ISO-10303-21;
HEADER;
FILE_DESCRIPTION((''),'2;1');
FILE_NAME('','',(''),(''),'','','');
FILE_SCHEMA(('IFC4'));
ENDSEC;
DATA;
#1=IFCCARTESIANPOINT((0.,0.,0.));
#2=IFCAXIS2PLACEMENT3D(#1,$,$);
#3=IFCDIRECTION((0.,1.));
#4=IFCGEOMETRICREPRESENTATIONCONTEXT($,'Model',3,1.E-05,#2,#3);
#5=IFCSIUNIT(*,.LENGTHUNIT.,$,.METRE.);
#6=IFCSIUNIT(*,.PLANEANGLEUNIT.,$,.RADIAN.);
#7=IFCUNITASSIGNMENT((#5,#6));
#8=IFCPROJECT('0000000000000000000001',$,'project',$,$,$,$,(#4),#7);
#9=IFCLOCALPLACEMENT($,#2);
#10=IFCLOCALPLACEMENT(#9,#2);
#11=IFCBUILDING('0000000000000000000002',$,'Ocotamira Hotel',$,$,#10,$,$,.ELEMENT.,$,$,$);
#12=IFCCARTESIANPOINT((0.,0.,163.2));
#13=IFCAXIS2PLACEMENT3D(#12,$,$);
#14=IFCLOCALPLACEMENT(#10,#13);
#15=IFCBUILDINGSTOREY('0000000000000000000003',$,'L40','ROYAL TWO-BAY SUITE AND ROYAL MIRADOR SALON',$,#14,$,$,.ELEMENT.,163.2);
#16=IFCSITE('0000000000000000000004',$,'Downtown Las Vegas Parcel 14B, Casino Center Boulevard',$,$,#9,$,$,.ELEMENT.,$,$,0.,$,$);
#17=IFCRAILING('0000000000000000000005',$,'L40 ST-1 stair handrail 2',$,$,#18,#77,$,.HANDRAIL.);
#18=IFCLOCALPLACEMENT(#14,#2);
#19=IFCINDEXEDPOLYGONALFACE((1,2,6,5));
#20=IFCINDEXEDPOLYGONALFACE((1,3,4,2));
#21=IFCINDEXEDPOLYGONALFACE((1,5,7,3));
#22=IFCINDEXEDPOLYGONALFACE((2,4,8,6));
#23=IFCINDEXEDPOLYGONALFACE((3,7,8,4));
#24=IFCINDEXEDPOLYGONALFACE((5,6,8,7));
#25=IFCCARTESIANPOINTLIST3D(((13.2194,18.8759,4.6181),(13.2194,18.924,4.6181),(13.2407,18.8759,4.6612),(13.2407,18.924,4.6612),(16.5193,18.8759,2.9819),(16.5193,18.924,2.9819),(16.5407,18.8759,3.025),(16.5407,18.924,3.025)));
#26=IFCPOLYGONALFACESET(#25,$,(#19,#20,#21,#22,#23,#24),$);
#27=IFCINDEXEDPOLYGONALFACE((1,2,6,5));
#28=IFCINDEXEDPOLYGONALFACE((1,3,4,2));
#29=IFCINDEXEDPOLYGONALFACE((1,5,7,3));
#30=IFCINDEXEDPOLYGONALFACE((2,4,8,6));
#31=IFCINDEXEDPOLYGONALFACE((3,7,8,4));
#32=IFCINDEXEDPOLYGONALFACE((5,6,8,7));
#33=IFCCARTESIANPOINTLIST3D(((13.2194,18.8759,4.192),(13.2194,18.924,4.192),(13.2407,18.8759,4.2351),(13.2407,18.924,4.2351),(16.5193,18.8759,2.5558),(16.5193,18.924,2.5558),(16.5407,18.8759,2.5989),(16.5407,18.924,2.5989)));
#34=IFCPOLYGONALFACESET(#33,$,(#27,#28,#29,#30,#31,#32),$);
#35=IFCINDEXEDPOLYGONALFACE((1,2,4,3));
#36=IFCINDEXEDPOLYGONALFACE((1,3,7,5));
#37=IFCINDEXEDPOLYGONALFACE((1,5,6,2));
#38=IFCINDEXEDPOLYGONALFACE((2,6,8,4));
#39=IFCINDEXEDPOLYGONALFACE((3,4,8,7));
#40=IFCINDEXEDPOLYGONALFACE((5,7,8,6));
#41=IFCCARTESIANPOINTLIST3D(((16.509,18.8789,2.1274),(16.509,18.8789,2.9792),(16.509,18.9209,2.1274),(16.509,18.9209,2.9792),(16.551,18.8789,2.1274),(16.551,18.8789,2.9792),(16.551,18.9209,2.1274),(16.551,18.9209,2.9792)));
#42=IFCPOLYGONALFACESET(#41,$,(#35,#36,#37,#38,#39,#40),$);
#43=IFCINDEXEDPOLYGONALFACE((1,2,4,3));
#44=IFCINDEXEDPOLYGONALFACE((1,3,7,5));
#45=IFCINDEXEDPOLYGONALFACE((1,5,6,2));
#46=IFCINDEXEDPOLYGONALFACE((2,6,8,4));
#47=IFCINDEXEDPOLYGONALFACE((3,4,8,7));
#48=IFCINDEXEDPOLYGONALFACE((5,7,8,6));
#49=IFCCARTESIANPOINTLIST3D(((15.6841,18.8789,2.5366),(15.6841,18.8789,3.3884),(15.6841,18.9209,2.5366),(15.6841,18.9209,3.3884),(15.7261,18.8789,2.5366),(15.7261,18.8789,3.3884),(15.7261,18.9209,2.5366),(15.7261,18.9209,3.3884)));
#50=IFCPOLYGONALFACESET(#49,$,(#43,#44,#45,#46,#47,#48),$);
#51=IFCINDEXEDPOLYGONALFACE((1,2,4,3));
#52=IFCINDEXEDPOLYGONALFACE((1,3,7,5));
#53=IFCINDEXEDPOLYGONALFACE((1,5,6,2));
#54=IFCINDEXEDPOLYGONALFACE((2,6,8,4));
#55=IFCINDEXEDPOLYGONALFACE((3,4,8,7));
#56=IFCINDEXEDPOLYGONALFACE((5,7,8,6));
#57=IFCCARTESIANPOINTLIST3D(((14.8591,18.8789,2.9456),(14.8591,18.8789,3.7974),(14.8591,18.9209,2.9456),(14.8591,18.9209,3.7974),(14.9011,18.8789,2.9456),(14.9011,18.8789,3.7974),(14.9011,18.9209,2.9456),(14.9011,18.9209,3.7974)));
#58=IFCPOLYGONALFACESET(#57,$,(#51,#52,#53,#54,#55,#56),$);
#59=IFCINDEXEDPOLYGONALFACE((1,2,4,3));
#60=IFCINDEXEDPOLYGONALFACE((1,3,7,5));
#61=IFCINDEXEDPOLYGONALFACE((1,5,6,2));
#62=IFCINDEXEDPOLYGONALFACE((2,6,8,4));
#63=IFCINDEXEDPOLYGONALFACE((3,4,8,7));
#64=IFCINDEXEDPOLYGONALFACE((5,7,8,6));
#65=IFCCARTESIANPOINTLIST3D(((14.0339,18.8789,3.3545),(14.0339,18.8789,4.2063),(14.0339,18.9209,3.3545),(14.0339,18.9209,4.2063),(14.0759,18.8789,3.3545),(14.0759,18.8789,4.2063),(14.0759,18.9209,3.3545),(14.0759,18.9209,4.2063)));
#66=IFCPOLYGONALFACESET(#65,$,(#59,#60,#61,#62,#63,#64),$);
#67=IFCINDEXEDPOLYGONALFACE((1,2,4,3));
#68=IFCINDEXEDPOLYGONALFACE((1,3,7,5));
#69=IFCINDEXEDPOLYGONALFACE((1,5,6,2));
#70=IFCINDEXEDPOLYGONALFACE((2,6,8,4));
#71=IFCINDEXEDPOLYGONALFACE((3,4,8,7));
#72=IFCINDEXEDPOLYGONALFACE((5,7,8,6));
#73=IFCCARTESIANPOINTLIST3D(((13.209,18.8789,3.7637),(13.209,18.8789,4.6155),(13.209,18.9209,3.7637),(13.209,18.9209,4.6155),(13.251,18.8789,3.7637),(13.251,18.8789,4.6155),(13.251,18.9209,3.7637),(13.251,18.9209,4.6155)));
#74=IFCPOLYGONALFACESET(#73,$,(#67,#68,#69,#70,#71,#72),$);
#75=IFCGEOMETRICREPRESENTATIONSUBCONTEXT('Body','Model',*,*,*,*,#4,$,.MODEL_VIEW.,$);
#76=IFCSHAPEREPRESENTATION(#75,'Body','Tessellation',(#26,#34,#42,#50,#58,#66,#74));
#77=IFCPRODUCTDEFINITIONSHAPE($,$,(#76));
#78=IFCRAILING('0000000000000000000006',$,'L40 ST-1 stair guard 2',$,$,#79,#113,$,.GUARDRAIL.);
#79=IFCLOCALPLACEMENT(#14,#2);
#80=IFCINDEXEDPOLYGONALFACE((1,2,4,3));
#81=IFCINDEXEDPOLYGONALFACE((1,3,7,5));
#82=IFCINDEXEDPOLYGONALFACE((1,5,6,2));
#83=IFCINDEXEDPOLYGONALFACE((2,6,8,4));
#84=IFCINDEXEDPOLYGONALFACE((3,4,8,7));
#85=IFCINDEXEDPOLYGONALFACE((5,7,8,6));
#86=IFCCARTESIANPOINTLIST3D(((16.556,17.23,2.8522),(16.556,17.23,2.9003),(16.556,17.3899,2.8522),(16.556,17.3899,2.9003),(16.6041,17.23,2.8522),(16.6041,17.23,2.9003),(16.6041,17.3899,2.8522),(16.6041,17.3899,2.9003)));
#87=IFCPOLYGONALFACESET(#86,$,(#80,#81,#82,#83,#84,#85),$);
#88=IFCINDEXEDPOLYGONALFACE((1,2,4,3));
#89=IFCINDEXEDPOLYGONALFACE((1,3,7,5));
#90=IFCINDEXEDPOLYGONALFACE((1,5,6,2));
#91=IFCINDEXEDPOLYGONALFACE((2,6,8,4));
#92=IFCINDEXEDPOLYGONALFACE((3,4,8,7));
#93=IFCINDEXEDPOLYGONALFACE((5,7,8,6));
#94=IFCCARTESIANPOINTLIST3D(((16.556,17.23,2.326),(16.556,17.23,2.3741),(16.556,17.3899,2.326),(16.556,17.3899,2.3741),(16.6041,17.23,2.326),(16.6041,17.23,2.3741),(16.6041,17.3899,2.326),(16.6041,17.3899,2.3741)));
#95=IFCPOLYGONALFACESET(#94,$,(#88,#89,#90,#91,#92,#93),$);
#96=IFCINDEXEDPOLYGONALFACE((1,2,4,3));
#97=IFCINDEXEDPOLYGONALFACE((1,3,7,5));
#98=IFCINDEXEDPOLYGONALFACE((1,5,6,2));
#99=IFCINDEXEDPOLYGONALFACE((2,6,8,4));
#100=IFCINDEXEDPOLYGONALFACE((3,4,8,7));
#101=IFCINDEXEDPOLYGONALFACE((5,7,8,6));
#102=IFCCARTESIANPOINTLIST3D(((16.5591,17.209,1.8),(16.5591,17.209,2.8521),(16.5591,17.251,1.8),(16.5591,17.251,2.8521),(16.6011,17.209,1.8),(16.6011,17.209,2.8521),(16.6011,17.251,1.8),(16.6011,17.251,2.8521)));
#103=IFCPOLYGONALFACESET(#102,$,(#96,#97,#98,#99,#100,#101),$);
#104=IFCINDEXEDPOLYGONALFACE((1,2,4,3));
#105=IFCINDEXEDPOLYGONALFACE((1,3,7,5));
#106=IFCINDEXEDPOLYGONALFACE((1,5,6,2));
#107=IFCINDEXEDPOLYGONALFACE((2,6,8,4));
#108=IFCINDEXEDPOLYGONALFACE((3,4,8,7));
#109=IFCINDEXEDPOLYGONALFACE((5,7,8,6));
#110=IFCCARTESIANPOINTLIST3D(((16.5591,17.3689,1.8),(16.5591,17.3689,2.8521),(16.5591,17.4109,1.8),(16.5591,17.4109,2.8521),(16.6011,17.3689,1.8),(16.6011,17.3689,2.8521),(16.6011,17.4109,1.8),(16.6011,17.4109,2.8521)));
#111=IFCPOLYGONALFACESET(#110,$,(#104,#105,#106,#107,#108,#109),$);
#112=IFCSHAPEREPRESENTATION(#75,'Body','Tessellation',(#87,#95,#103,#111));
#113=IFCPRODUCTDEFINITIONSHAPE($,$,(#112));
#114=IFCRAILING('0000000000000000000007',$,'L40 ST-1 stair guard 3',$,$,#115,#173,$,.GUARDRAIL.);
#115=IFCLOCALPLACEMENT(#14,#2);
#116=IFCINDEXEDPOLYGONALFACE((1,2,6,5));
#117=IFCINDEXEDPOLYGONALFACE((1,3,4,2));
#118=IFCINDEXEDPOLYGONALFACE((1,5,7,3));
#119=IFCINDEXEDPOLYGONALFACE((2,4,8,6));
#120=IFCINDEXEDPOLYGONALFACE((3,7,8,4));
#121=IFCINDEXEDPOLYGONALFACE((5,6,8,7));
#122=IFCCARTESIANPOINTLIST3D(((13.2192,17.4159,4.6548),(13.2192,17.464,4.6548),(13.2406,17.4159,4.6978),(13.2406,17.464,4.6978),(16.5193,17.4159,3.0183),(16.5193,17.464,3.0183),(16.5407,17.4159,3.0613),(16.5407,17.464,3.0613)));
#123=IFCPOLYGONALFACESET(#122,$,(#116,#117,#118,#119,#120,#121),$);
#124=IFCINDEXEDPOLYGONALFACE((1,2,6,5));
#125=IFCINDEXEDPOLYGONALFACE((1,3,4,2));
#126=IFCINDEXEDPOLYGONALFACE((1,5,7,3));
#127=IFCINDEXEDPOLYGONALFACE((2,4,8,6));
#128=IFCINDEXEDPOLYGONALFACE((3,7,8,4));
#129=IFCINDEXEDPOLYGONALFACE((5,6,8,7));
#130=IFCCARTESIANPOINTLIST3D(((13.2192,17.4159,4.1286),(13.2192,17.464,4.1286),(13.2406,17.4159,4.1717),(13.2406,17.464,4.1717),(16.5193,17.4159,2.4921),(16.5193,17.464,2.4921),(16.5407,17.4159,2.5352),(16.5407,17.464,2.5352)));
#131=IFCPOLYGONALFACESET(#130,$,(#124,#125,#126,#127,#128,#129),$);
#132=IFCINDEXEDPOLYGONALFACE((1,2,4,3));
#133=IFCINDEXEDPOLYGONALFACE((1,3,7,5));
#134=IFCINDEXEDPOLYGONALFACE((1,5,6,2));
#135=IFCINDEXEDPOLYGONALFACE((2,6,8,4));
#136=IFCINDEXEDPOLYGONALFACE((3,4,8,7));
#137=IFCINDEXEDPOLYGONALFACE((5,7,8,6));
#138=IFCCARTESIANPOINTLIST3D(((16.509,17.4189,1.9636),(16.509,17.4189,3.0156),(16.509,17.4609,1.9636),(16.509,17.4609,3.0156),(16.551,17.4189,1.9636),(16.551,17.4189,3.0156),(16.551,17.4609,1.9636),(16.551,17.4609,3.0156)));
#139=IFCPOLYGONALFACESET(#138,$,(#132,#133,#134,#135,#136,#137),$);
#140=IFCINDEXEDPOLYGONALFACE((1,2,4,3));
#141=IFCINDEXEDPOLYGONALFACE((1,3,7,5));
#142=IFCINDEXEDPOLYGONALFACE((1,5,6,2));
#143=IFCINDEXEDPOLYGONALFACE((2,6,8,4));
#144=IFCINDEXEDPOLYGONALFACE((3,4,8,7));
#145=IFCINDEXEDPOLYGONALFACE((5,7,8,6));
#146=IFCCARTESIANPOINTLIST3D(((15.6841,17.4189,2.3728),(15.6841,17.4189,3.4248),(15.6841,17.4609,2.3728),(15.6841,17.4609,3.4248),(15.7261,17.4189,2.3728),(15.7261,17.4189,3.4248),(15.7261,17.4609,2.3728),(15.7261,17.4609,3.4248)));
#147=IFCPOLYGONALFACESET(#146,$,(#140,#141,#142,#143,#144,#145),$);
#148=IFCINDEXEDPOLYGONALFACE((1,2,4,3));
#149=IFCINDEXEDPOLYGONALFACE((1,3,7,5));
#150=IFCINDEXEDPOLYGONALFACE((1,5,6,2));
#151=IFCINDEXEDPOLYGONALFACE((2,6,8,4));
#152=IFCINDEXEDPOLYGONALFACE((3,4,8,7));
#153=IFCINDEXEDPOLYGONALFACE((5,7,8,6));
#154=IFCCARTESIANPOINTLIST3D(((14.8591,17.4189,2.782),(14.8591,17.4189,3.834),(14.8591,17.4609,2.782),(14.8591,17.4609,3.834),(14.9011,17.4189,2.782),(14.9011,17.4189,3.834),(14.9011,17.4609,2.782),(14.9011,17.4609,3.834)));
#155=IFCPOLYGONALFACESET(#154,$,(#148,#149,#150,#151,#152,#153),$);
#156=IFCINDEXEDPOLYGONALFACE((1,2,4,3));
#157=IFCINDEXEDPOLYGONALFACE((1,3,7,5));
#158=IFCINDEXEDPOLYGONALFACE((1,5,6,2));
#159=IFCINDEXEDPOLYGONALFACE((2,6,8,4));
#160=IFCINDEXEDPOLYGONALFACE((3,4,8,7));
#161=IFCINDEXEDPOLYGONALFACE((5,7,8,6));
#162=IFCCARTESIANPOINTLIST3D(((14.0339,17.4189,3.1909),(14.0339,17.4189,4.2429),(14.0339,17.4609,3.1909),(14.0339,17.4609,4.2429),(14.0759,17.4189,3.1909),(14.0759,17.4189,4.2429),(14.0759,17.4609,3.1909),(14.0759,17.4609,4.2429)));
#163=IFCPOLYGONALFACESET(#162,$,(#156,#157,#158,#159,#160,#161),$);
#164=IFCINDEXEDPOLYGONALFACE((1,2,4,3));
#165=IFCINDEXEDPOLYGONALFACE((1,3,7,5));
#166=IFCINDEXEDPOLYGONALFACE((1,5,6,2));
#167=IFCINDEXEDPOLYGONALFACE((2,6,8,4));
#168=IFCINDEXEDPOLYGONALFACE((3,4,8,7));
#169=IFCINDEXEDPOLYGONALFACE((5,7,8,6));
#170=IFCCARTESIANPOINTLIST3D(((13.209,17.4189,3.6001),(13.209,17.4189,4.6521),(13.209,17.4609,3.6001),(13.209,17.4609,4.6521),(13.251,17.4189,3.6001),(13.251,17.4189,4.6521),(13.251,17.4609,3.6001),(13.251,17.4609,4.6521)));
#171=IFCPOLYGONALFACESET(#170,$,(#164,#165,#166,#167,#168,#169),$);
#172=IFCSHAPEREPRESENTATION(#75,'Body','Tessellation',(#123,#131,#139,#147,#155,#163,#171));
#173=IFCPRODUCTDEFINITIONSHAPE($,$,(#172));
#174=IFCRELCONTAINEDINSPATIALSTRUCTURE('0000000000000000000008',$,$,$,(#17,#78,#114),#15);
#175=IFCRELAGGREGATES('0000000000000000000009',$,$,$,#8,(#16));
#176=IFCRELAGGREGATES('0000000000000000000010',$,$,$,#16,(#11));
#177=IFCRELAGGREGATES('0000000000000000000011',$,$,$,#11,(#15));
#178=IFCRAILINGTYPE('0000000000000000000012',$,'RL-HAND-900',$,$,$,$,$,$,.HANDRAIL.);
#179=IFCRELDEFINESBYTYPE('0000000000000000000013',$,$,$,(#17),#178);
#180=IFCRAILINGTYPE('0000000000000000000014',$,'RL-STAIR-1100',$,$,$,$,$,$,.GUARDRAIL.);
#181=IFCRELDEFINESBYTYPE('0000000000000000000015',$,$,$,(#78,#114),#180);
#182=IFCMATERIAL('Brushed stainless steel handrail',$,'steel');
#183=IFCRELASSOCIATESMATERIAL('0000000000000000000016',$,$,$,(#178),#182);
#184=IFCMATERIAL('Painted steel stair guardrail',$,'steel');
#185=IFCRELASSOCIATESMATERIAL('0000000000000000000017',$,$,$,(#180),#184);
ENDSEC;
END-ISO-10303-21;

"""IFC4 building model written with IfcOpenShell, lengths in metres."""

from ifc_helpers import new_model, si_unit, direction, frame, origin, origin_2d, place, context, subcontext, project, spatial, rectangle, extrude, material, type_object, element, save


model = new_model("IFC4")

# Units and contexts
model_context = context("Model", 3, precision=1e-05, world=origin(), true_north=direction((0.0, 1.0)))
body_context = subcontext(model_context, "Body", "Model", "MODEL_VIEW")
ifc_project = project(units=[si_unit("LENGTHUNIT", "METRE"), si_unit("PLANEANGLEUNIT", "RADIAN")], contexts=[model_context])

# Site, building, storey
site_placement = place(None, origin())
site = spatial("IfcSite", under=ifc_project, at=site_placement, Name="Downtown Las Vegas Parcel 14B, Casino Center Boulevard", CompositionType="ELEMENT", RefElevation=0.0)
building_placement = place(site_placement, origin())
building = spatial("IfcBuilding", under=site, at=building_placement, Name="Ocotamira Hotel", CompositionType="ELEMENT")
storey_placement = place(building_placement, frame((0.0, 0.0, 163.2)))
storey = spatial("IfcBuildingStorey", under=building, at=storey_placement, Name="L40", Description="ROYAL TWO-BAY SUITE AND ROYAL MIRADOR SALON", CompositionType="ELEMENT", Elevation=163.2)

# Railings
ifc_material_1 = material(Name="Brushed stainless steel handrail", Category="steel")
railing_type_1 = type_object("IfcRailingType", Name="RL-HAND-900", PredefinedType="HANDRAIL", material=ifc_material_1)
railing_1_placement = place(storey_placement, frame((16.53, 18.8999, 2.1274)))
element("IfcRailing", 1, at=railing_1_placement, inside=storey, type_object=railing_type_1, Name="L40 ST-1 stair handrail 2", PredefinedType="HANDRAIL", context=body_context, shape_type="SweptSolid", body=[
    extrude(rectangle(XDim=0.0481, YDim=0.0481, at=origin_2d()), frame((0.0, 0.0, 0.876), z_axis=(-0.89592, 0.0, 0.444215), x_axis=(0.0, -1.0, 0.0)), (0.0, 0.0, 1.0), 3.6833),
    extrude(rectangle(XDim=0.0481, YDim=0.0481, at=origin_2d()), frame((0.0, 0.0, 0.45), z_axis=(-0.89592, 0.0, 0.444215), x_axis=(0.0, -1.0, 0.0)), (0.0, 0.0, 1.0), 3.6833),
    extrude(rectangle(XDim=0.042, YDim=0.042, at=origin_2d()), origin(), (0.0, 0.0, 1.0), 0.8518),
    extrude(rectangle(XDim=0.042, YDim=0.042, at=origin_2d()), frame((-0.825, 0.0, 0.4092)), (0.0, 0.0, 1.0), 0.8518),
    extrude(rectangle(XDim=0.042, YDim=0.042, at=origin_2d()), frame((-1.6499, 0.0, 0.8181)), (0.0, 0.0, 1.0), 0.8518),
    extrude(rectangle(XDim=0.042, YDim=0.042, at=origin_2d()), frame((-2.4751, 0.0, 1.2271)), (0.0, 0.0, 1.0), 0.8518),
    extrude(rectangle(XDim=0.042, YDim=0.042, at=origin_2d()), frame((-3.3, 0.0, 1.6362)), (0.0, 0.0, 1.0), 0.8518),
])
ifc_material_2 = material(Name="Painted steel stair guardrail", Category="steel")
railing_type_2 = type_object("IfcRailingType", Name="RL-STAIR-1100", PredefinedType="GUARDRAIL", material=ifc_material_2)
railing_2_placement = place(storey_placement, frame((16.5801, 17.23, 1.8)))
element("IfcRailing", 2, at=railing_2_placement, inside=storey, type_object=railing_type_2, Name="L40 ST-1 stair guard 2", PredefinedType="GUARDRAIL", context=body_context, shape_type="SweptSolid", body=[
    extrude(rectangle(XDim=0.0481, YDim=0.0481, at=origin_2d()), frame((0.0, 0.0, 1.0762), z_axis=(0.0, 1.0, 0.0), x_axis=(-1.0, 0.0, 0.0)), (0.0, 0.0, 1.0), 0.1599),
    extrude(rectangle(XDim=0.0481, YDim=0.0481, at=origin_2d()), frame((0.0, 0.0, 0.55), z_axis=(0.0, 1.0, 0.0), x_axis=(-1.0, 0.0, 0.0)), (0.0, 0.0, 1.0), 0.1599),
    extrude(rectangle(XDim=0.042, YDim=0.042, at=origin_2d()), origin(), (0.0, 0.0, 1.0), 1.052),
    extrude(rectangle(XDim=0.042, YDim=0.042, at=origin_2d()), frame((0.0, 0.1599, 0.0)), (0.0, 0.0, 1.0), 1.052),
])
railing_3_placement = place(storey_placement, frame((16.53, 17.4399, 1.9636)))
element("IfcRailing", 3, at=railing_3_placement, inside=storey, type_object=railing_type_2, Name="L40 ST-1 stair guard 3", PredefinedType="GUARDRAIL", context=body_context, shape_type="SweptSolid", body=[
    extrude(rectangle(XDim=0.0481, YDim=0.0481, at=origin_2d()), frame((0.0, 0.0, 1.0762), z_axis=(-0.895894, 0.0, 0.444268), x_axis=(0.0, -1.0, 0.0)), (0.0, 0.0, 1.0), 3.6836),
    extrude(rectangle(XDim=0.0481, YDim=0.0481, at=origin_2d()), frame((0.0, 0.0, 0.55), z_axis=(-0.895894, 0.0, 0.444268), x_axis=(0.0, -1.0, 0.0)), (0.0, 0.0, 1.0), 3.6836),
    extrude(rectangle(XDim=0.042, YDim=0.042, at=origin_2d()), origin(), (0.0, 0.0, 1.0), 1.052),
    extrude(rectangle(XDim=0.042, YDim=0.042, at=origin_2d()), frame((-0.825, 0.0, 0.4092)), (0.0, 0.0, 1.0), 1.052),
    extrude(rectangle(XDim=0.042, YDim=0.042, at=origin_2d()), frame((-1.6499, 0.0, 0.8184)), (0.0, 0.0, 1.0), 1.052),
    extrude(rectangle(XDim=0.042, YDim=0.042, at=origin_2d()), frame((-2.4751, 0.0, 1.2273)), (0.0, 0.0, 1.0), 1.052),
    extrude(rectangle(XDim=0.042, YDim=0.042, at=origin_2d()), frame((-3.3, 0.0, 1.6365)), (0.0, 0.0, 1.0), 1.052),
])

save(model, "model.ifc")
